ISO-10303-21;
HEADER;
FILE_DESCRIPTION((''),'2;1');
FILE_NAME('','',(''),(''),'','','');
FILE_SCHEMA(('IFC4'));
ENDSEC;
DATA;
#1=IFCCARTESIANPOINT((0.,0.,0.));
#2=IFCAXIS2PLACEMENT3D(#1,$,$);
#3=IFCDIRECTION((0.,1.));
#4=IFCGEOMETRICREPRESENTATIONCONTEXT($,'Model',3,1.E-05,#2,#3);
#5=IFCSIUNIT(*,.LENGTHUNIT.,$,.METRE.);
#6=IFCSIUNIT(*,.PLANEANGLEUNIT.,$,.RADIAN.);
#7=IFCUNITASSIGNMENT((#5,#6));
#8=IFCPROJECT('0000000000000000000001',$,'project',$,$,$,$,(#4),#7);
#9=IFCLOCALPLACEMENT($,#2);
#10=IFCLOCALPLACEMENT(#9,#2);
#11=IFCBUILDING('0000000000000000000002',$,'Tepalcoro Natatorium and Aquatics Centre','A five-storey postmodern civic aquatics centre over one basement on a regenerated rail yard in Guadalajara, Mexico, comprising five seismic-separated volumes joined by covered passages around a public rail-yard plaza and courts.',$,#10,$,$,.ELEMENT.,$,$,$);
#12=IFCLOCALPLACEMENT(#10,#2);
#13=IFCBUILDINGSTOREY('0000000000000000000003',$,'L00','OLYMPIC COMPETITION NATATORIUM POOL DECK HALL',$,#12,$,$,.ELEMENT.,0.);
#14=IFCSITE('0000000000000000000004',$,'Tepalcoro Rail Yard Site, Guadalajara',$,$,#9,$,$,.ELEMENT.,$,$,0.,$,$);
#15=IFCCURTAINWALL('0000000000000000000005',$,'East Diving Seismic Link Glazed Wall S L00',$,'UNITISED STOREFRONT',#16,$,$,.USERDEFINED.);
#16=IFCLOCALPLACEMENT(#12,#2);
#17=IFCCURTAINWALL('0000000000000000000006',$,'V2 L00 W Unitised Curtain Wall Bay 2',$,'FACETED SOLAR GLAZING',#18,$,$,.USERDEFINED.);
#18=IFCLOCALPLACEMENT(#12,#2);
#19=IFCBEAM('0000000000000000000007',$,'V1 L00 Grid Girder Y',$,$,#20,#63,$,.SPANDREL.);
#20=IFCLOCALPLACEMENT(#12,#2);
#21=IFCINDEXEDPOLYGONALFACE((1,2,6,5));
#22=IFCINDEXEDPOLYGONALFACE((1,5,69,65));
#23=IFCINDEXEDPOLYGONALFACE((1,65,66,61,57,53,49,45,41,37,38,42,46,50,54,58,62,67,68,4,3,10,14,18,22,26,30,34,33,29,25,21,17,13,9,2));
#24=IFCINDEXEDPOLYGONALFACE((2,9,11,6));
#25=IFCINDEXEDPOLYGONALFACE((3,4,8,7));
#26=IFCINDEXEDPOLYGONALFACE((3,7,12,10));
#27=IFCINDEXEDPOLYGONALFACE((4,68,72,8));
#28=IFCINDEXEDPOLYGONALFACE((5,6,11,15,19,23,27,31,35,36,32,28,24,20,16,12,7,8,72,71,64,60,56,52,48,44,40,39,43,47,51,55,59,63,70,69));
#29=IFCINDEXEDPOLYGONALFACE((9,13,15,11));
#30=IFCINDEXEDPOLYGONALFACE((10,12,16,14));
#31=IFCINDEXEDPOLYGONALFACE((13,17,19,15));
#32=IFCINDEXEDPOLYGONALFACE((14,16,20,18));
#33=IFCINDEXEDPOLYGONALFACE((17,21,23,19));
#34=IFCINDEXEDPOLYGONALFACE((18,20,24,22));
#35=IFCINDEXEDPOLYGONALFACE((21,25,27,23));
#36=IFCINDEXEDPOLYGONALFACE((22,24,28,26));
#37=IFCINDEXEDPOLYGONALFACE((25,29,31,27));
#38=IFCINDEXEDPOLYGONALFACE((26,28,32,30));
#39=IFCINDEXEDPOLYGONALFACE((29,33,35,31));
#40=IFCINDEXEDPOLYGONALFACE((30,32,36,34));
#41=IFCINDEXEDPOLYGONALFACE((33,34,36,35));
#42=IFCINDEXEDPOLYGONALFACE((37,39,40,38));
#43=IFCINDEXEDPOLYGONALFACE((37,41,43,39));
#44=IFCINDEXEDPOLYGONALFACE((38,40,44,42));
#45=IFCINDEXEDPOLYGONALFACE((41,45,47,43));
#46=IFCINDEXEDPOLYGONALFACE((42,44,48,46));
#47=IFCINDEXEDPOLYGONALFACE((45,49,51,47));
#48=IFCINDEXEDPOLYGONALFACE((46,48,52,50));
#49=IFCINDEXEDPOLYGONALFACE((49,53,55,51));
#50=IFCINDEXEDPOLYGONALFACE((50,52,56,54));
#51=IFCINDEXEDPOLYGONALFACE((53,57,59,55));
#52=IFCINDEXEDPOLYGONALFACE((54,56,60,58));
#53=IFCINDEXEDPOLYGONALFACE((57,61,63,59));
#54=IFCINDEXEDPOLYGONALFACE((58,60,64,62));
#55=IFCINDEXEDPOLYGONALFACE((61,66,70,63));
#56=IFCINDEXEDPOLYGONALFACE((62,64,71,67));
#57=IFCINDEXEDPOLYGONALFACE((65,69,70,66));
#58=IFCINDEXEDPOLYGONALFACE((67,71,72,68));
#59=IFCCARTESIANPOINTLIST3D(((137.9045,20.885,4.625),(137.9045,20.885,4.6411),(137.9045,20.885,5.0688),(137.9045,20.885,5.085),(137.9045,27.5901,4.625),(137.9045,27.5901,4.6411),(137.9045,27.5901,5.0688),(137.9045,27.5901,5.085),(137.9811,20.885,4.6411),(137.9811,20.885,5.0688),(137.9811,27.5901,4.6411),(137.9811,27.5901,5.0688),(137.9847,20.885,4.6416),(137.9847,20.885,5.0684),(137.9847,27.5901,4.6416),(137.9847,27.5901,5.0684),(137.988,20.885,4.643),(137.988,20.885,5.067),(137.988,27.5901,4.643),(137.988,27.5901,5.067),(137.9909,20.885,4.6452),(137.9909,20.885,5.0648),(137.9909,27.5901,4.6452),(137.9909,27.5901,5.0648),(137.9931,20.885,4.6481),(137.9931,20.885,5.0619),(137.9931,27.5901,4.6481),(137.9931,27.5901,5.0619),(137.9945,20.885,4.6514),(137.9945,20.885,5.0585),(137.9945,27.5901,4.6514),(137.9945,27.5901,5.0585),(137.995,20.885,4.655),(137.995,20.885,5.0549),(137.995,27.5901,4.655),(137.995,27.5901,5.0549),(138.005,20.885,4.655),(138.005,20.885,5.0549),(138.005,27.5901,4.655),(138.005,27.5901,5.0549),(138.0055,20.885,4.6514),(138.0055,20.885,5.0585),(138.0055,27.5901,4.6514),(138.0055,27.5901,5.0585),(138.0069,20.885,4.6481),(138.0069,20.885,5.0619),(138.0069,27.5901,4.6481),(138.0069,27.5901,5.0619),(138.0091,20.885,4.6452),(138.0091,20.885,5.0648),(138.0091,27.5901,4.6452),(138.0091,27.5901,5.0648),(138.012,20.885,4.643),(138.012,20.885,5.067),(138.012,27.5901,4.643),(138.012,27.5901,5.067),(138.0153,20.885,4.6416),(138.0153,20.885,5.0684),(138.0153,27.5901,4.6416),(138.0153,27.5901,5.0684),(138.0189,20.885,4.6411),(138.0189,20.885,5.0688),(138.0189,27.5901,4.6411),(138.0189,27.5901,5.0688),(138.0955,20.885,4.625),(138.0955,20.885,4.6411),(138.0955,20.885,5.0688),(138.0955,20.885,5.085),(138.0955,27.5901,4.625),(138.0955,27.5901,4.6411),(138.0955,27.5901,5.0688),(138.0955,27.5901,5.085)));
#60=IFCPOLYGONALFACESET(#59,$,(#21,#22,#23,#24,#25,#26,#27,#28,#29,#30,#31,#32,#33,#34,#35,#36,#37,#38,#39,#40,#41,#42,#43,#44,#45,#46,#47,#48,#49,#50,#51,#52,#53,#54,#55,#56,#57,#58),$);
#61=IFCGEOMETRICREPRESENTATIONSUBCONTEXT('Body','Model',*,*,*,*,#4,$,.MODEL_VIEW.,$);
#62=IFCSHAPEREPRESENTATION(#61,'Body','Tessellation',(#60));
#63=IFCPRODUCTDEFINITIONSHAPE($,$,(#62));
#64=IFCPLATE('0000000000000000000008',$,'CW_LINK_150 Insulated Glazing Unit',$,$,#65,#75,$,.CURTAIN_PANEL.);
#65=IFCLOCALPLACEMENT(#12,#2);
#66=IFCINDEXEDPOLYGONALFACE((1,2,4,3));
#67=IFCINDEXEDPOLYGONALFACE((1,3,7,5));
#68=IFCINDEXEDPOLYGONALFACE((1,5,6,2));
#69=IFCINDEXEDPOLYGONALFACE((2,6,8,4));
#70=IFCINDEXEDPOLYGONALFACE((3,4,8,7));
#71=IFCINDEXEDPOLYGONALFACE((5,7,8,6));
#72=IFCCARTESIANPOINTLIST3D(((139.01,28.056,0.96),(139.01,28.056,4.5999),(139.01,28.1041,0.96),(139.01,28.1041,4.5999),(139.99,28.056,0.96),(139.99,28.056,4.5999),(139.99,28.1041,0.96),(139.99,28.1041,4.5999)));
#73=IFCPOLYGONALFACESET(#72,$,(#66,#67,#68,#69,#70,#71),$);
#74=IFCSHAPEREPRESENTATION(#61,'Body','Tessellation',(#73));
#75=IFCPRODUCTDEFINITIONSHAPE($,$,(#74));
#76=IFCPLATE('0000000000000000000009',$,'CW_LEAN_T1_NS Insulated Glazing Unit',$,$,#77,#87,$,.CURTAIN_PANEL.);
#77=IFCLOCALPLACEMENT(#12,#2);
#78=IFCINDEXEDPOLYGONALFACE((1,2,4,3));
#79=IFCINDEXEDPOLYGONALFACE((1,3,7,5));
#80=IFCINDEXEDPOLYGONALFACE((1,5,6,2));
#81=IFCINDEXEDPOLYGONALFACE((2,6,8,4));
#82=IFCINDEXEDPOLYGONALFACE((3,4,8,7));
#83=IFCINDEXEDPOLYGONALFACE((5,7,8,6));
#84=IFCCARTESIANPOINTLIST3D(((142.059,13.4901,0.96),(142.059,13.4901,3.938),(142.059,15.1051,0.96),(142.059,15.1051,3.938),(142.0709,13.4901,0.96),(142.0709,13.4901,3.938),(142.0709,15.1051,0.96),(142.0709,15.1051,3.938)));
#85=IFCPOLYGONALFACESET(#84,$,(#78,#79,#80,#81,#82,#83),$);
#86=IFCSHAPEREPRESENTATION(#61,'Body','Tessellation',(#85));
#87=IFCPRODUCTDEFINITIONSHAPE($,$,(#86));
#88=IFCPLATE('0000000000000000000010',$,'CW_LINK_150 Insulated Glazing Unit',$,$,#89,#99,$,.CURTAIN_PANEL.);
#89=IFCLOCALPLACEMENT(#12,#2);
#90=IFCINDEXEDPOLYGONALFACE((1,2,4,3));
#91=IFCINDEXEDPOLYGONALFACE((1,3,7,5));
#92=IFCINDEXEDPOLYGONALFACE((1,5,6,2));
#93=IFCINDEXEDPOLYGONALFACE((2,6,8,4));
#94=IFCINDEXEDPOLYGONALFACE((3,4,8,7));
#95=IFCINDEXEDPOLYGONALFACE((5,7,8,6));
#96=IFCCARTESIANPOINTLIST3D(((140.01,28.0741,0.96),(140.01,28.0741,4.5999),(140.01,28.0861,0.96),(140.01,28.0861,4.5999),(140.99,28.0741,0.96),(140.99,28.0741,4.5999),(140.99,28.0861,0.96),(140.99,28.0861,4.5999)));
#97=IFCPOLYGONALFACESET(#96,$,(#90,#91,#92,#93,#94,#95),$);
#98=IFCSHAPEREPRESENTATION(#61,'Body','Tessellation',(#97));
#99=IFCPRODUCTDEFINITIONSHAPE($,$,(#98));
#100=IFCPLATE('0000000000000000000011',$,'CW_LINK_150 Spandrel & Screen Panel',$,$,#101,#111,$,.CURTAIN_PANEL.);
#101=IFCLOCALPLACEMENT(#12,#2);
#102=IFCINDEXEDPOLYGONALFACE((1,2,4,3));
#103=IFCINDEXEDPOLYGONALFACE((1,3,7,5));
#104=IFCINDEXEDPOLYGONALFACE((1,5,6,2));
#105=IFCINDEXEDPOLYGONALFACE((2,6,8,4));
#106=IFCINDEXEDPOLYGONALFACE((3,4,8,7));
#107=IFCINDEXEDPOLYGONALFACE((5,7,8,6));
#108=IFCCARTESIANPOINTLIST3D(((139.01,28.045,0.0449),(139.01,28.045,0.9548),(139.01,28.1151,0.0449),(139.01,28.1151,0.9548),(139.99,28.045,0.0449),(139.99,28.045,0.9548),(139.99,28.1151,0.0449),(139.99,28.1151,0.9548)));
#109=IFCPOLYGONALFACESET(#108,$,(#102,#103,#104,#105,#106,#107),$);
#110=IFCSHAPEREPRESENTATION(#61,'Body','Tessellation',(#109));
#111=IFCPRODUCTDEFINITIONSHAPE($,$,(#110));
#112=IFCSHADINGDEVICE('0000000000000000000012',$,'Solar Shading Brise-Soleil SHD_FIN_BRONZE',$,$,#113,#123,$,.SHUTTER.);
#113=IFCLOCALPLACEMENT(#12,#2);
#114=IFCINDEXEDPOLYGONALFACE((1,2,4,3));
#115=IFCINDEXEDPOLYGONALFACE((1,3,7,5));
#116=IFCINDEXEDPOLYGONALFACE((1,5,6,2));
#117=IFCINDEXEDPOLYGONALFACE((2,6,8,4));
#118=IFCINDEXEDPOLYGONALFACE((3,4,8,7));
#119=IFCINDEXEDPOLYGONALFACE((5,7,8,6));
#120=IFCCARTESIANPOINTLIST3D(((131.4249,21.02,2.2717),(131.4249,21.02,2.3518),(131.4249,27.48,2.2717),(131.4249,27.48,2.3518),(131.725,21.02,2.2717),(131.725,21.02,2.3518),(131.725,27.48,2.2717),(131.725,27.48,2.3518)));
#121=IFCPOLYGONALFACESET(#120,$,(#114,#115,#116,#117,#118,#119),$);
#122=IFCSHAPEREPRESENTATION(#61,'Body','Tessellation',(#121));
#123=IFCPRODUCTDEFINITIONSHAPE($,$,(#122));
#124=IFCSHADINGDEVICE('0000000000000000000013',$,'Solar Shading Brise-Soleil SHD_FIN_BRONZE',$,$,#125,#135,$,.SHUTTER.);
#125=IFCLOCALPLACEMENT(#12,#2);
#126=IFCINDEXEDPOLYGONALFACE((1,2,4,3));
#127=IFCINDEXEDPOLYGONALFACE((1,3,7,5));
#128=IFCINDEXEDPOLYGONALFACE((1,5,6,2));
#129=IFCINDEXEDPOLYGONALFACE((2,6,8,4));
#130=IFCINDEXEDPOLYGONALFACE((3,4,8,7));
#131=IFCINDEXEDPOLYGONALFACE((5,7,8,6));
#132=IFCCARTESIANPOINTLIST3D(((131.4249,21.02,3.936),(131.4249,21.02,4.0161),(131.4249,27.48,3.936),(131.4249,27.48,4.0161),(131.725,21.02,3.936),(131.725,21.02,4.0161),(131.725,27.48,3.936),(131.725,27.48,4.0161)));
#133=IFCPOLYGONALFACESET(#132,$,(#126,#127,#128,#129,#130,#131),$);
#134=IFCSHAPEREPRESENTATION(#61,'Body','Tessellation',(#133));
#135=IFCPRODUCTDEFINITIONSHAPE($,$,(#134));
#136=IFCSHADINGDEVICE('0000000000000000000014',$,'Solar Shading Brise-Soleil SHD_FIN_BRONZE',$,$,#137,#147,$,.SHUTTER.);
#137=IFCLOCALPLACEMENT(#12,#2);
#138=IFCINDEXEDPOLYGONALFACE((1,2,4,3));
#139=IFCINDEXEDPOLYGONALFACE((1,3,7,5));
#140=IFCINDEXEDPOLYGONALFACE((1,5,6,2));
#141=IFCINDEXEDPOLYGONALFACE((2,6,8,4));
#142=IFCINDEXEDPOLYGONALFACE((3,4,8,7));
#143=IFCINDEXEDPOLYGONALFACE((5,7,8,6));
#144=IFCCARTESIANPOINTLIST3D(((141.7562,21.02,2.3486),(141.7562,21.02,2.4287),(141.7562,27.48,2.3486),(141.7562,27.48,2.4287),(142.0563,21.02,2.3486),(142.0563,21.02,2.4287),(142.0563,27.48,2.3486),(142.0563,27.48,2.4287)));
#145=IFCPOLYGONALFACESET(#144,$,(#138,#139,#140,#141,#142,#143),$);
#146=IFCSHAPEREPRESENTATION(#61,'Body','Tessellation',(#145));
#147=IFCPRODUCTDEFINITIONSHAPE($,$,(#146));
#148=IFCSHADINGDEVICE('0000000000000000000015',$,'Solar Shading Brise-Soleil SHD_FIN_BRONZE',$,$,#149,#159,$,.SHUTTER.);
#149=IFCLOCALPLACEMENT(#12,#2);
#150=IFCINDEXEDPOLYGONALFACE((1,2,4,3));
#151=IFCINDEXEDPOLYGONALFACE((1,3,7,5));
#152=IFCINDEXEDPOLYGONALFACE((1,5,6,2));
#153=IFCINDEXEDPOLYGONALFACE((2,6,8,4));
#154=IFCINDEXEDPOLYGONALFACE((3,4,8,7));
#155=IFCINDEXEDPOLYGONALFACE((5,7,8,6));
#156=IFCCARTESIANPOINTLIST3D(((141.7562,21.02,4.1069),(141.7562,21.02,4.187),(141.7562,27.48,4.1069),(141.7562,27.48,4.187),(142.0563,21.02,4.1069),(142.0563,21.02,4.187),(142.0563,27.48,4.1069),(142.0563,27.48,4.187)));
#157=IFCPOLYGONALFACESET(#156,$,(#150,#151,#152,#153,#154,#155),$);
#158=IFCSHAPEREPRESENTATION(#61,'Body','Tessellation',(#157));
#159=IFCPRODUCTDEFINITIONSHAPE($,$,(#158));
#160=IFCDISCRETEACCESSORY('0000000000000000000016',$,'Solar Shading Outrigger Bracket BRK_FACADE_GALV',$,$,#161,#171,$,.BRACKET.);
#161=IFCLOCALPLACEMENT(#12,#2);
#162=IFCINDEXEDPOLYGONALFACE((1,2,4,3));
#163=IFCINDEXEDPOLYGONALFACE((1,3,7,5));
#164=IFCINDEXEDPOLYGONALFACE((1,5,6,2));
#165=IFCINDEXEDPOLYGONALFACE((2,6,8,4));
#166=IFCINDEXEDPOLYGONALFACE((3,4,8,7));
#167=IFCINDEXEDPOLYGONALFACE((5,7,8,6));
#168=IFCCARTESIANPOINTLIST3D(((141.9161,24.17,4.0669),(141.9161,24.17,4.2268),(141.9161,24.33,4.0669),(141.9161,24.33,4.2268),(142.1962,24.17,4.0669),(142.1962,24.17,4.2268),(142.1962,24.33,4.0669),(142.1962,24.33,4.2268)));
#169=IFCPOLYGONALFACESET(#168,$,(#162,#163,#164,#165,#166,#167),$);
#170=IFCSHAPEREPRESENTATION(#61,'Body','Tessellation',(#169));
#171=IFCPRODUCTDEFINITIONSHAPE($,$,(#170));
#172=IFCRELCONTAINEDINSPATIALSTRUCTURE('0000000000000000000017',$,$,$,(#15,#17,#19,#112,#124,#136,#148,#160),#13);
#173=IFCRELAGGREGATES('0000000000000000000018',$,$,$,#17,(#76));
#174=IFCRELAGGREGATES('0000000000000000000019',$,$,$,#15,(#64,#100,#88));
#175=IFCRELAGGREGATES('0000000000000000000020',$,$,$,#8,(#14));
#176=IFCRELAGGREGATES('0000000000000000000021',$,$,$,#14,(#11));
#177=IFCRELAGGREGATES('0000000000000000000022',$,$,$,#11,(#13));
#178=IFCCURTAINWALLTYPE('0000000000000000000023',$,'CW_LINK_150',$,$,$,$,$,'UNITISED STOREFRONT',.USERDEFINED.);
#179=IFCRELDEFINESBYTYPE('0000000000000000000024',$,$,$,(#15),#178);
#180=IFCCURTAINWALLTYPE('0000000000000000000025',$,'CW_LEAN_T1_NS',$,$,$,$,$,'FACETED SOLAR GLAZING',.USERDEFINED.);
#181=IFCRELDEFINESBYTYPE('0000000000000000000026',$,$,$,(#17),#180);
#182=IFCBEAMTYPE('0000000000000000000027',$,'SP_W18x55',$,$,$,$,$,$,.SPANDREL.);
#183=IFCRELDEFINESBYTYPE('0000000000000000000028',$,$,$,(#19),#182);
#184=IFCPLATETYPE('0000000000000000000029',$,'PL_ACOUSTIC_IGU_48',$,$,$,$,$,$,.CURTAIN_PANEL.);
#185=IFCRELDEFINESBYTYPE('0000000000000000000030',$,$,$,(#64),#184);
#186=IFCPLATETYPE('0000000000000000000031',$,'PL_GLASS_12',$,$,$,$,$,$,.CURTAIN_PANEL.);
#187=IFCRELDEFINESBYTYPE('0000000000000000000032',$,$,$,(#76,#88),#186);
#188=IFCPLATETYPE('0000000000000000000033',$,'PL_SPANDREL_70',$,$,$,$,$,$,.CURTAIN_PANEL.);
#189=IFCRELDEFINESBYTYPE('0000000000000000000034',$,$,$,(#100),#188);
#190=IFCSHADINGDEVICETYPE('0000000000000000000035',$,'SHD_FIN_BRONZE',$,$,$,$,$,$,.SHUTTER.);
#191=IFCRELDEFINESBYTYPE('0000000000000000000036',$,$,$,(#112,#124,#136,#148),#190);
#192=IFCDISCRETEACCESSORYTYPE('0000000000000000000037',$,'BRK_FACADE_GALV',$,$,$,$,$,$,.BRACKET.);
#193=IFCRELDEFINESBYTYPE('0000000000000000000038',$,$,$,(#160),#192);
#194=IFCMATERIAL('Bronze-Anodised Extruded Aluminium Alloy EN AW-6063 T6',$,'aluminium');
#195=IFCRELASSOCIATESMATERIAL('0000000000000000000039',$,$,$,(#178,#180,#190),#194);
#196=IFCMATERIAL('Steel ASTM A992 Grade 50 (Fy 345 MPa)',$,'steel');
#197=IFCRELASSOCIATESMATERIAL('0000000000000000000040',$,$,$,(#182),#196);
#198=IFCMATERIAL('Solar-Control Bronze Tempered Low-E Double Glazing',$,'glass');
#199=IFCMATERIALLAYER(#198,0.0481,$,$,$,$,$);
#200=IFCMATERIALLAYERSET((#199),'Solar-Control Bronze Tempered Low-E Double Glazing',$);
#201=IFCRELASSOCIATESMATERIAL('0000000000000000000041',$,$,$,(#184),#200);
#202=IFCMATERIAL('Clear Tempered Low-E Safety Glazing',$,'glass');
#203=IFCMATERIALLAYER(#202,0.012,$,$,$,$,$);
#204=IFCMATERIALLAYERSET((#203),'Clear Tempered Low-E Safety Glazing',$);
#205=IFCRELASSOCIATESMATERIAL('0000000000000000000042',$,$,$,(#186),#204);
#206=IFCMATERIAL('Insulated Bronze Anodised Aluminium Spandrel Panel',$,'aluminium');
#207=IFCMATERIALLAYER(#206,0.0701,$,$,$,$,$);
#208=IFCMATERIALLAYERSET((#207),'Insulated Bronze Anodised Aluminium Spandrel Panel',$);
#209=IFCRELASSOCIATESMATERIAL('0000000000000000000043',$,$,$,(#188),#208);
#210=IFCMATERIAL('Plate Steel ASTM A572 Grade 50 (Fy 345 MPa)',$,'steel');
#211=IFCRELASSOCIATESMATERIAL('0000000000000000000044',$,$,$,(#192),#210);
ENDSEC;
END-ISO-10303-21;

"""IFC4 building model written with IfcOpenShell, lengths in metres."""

from ifc_helpers import new_model, si_unit, direction, frame, origin, origin_2d, place, context, subcontext, project, spatial, rectangle, i_section, extrude, material, layer, layer_set, material_profile, profile_set, type_object, element, aggregate, save


model = new_model("IFC4")

# Units and contexts
model_context = context("Model", 3, precision=1e-05, world=origin(), true_north=direction((0.0, 1.0)))
body_context = subcontext(model_context, "Body", "Model", "MODEL_VIEW")
ifc_project = project(units=[si_unit("LENGTHUNIT", "METRE"), si_unit("PLANEANGLEUNIT", "RADIAN")], contexts=[model_context])

# Site, building, storey
site_placement = place(None, origin())
site = spatial("IfcSite", under=ifc_project, at=site_placement, Name="Tepalcoro Rail Yard Site, Guadalajara", CompositionType="ELEMENT", RefElevation=0.0)
building_placement = place(site_placement, origin())
building = spatial("IfcBuilding", under=site, at=building_placement, Name="Tepalcoro Natatorium and Aquatics Centre", Description="A five-storey postmodern civic aquatics centre over one basement on a regenerated rail yard in Guadalajara, Mexico, comprising five seismic-separated volumes joined by covered passages around a public rail-yard plaza and courts.", CompositionType="ELEMENT")
storey_placement = place(building_placement, origin())
storey = spatial("IfcBuildingStorey", under=building, at=storey_placement, Name="L00", Description="OLYMPIC COMPETITION NATATORIUM POOL DECK HALL", CompositionType="ELEMENT", Elevation=0.0)

# Shared definitions
ifc_material_1 = material(Name="Steel ASTM A992 Grade 50 (Fy 345 MPa)", Category="steel")

# Curtain walls
ifc_material_2 = material(Name="Bronze-Anodised Extruded Aluminium Alloy EN AW-6063 T6", Category="aluminium")
curtain_wall_type_1 = type_object("IfcCurtainWallType", Name="CW_LINK_150", ElementType="UNITISED STOREFRONT", PredefinedType="USERDEFINED", material=ifc_material_2)
curtain_wall_1_placement = place(storey_placement, origin())
curtain_wall_1 = element("IfcCurtainWall", 1, at=curtain_wall_1_placement, inside=storey, type_object=curtain_wall_type_1, Name="East Diving Seismic Link Glazed Wall S L00", ObjectType="UNITISED STOREFRONT", PredefinedType="USERDEFINED")
curtain_wall_type_2 = type_object("IfcCurtainWallType", Name="CW_LEAN_T1_NS", ElementType="FACETED SOLAR GLAZING", PredefinedType="USERDEFINED", material=ifc_material_2)
curtain_wall_2_placement = place(storey_placement, origin())
curtain_wall_2 = element("IfcCurtainWall", 2, at=curtain_wall_2_placement, inside=storey, type_object=curtain_wall_type_2, Name="V2 L00 W Unitised Curtain Wall Bay 2", ObjectType="FACETED SOLAR GLAZING", PredefinedType="USERDEFINED")

# Beam
ifc_material_profile_1 = material_profile(ifc_material_1, i_section(OverallWidth=0.1909, OverallDepth=0.46, WebThickness=0.01, FlangeThickness=0.0161, FilletRadius=0.0139, at=origin_2d()), Name="W18X55")
ifc_profile_set_1 = profile_set([ifc_material_profile_1], Name="Steel ASTM A992 Grade 50 (Fy 345 MPa)")
beam_type_1 = type_object("IfcBeamType", Name="SP_W18x55", PredefinedType="SPANDREL", material=ifc_profile_set_1)
beam_1_placement = place(storey_placement, frame((138.0, 20.885, 4.855), z_axis=(0.0, 1.0, 0.0), x_axis=(-1.0, 0.0, 0.0)))
element("IfcBeam", 3, at=beam_1_placement, inside=storey, type_object=beam_type_1, Name="V1 L00 Grid Girder Y", PredefinedType="SPANDREL", context=body_context, shape_type="SweptSolid", body=[
    extrude(i_section(OverallWidth=0.1909, OverallDepth=0.46, WebThickness=0.01, FlangeThickness=0.0161, FilletRadius=0.0139, at=origin_2d()), origin(), (0.0, 0.0, 1.0), 6.7051),
])

# Plates
ifc_material_3 = material(Name="Solar-Control Bronze Tempered Low-E Double Glazing", Category="glass")
ifc_layer_1 = layer(ifc_material_3, 0.0481)
ifc_layer_set_1 = layer_set([ifc_layer_1], Name="Solar-Control Bronze Tempered Low-E Double Glazing")
plate_type_1 = type_object("IfcPlateType", Name="PL_ACOUSTIC_IGU_48", PredefinedType="CURTAIN_PANEL", material=ifc_layer_set_1)
plate_1_placement = place(storey_placement, frame((139.5, 28.0801, 0.96), z_axis=(0.0, 0.0, 1.0), x_axis=(1.0, 0.0, 0.0)))
plate_1 = element("IfcPlate", 4, at=plate_1_placement, type_object=plate_type_1, Name="CW_LINK_150 Insulated Glazing Unit", PredefinedType="CURTAIN_PANEL", context=body_context, shape_type="SweptSolid", body=[
    extrude(rectangle(XDim=0.98, YDim=0.0481, at=origin_2d()), origin(), (0.0, 0.0, 1.0), 3.6399),
])
ifc_material_4 = material(Name="Clear Tempered Low-E Safety Glazing", Category="glass")
ifc_layer_2 = layer(ifc_material_4, 0.012)
ifc_layer_set_2 = layer_set([ifc_layer_2], Name="Clear Tempered Low-E Safety Glazing")
plate_type_2 = type_object("IfcPlateType", Name="PL_GLASS_12", PredefinedType="CURTAIN_PANEL", material=ifc_layer_set_2)
plate_2_placement = place(storey_placement, frame((142.0649, 14.2976, 0.96), z_axis=(0.0, 0.0, 1.0), x_axis=(1.0, 0.0, 0.0)))
plate_2 = element("IfcPlate", 5, at=plate_2_placement, type_object=plate_type_2, Name="CW_LEAN_T1_NS Insulated Glazing Unit", PredefinedType="CURTAIN_PANEL", context=body_context, shape_type="SweptSolid", body=[
    extrude(rectangle(XDim=0.012, YDim=1.615, at=origin_2d()), origin(), (0.0, 0.0, 1.0), 2.978),
])
aggregate(curtain_wall_2, [plate_2])
plate_3_placement = place(storey_placement, frame((140.5, 28.0801, 0.96), z_axis=(0.0, 0.0, 1.0), x_axis=(1.0, 0.0, 0.0)))
plate_3 = element("IfcPlate", 6, at=plate_3_placement, type_object=plate_type_2, Name="CW_LINK_150 Insulated Glazing Unit", PredefinedType="CURTAIN_PANEL", context=body_context, shape_type="SweptSolid", body=[
    extrude(rectangle(XDim=0.98, YDim=0.012, at=origin_2d()), origin(), (0.0, 0.0, 1.0), 3.6399),
])
ifc_material_5 = material(Name="Insulated Bronze Anodised Aluminium Spandrel Panel", Category="aluminium")
ifc_layer_3 = layer(ifc_material_5, 0.0701)
ifc_layer_set_3 = layer_set([ifc_layer_3], Name="Insulated Bronze Anodised Aluminium Spandrel Panel")
plate_type_3 = type_object("IfcPlateType", Name="PL_SPANDREL_70", PredefinedType="CURTAIN_PANEL", material=ifc_layer_set_3)
plate_4_placement = place(storey_placement, frame((139.5, 28.0801, 0.0449), z_axis=(0.0, 0.0, 1.0), x_axis=(1.0, 0.0, 0.0)))
plate_4 = element("IfcPlate", 7, at=plate_4_placement, type_object=plate_type_3, Name="CW_LINK_150 Spandrel & Screen Panel", PredefinedType="CURTAIN_PANEL", context=body_context, shape_type="SweptSolid", body=[
    extrude(rectangle(XDim=0.98, YDim=0.0701, at=origin_2d()), origin(), (0.0, 0.0, 1.0), 0.9099),
])
aggregate(curtain_wall_1, [plate_1, plate_4, plate_3])

# Shading devices
shading_device_type = type_object("IfcShadingDeviceType", Name="SHD_FIN_BRONZE", PredefinedType="SHUTTER", material=ifc_material_2)
for number, where, z_axis, x_axis, name in (
    (8, (131.575, 24.25, 2.2717), (0.0, 0.0, 1.0), (1.0, 0.0, 0.0), "Solar Shading Brise-Soleil SHD_FIN_BRONZE"),
    (9, (131.575, 24.25, 3.936), (0.0, 0.0, 1.0), (1.0, 0.0, 0.0), "Solar Shading Brise-Soleil SHD_FIN_BRONZE"),
    (10, (141.9062, 24.25, 2.3486), (0.0, 0.0, 1.0), (1.0, 0.0, 0.0), "Solar Shading Brise-Soleil SHD_FIN_BRONZE"),
    (11, (141.9062, 24.25, 4.1069), (0.0, 0.0, 1.0), (1.0, 0.0, 0.0), "Solar Shading Brise-Soleil SHD_FIN_BRONZE"),
):
    element("IfcShadingDevice", number, at=place(storey_placement, frame(where, z_axis=z_axis, x_axis=x_axis)), inside=storey, type_object=shading_device_type, Name=name, PredefinedType="SHUTTER", context=body_context, shape_type="SweptSolid", body=[
        extrude(rectangle(XDim=0.3, YDim=6.46, at=origin_2d()), origin(), (0.0, 0.0, 1.0), 0.0801),
    ])

# Discrete accessory
ifc_material_6 = material(Name="Plate Steel ASTM A572 Grade 50 (Fy 345 MPa)", Category="steel")
discrete_accessory_type = type_object("IfcDiscreteAccessoryType", Name="BRK_FACADE_GALV", PredefinedType="BRACKET", material=ifc_material_6)
discrete_accessory_placement = place(storey_placement, frame((142.0562, 24.25, 4.0669), z_axis=(0.0, 0.0, 1.0), x_axis=(1.0, 0.0, 0.0)))
element("IfcDiscreteAccessory", 12, at=discrete_accessory_placement, inside=storey, type_object=discrete_accessory_type, Name="Solar Shading Outrigger Bracket BRK_FACADE_GALV", PredefinedType="BRACKET", context=body_context, shape_type="SweptSolid", body=[
    extrude(rectangle(XDim=0.28, YDim=0.1599, at=origin_2d()), origin(), (0.0, 0.0, 1.0), 0.1599),
])

save(model, "model.ifc")
